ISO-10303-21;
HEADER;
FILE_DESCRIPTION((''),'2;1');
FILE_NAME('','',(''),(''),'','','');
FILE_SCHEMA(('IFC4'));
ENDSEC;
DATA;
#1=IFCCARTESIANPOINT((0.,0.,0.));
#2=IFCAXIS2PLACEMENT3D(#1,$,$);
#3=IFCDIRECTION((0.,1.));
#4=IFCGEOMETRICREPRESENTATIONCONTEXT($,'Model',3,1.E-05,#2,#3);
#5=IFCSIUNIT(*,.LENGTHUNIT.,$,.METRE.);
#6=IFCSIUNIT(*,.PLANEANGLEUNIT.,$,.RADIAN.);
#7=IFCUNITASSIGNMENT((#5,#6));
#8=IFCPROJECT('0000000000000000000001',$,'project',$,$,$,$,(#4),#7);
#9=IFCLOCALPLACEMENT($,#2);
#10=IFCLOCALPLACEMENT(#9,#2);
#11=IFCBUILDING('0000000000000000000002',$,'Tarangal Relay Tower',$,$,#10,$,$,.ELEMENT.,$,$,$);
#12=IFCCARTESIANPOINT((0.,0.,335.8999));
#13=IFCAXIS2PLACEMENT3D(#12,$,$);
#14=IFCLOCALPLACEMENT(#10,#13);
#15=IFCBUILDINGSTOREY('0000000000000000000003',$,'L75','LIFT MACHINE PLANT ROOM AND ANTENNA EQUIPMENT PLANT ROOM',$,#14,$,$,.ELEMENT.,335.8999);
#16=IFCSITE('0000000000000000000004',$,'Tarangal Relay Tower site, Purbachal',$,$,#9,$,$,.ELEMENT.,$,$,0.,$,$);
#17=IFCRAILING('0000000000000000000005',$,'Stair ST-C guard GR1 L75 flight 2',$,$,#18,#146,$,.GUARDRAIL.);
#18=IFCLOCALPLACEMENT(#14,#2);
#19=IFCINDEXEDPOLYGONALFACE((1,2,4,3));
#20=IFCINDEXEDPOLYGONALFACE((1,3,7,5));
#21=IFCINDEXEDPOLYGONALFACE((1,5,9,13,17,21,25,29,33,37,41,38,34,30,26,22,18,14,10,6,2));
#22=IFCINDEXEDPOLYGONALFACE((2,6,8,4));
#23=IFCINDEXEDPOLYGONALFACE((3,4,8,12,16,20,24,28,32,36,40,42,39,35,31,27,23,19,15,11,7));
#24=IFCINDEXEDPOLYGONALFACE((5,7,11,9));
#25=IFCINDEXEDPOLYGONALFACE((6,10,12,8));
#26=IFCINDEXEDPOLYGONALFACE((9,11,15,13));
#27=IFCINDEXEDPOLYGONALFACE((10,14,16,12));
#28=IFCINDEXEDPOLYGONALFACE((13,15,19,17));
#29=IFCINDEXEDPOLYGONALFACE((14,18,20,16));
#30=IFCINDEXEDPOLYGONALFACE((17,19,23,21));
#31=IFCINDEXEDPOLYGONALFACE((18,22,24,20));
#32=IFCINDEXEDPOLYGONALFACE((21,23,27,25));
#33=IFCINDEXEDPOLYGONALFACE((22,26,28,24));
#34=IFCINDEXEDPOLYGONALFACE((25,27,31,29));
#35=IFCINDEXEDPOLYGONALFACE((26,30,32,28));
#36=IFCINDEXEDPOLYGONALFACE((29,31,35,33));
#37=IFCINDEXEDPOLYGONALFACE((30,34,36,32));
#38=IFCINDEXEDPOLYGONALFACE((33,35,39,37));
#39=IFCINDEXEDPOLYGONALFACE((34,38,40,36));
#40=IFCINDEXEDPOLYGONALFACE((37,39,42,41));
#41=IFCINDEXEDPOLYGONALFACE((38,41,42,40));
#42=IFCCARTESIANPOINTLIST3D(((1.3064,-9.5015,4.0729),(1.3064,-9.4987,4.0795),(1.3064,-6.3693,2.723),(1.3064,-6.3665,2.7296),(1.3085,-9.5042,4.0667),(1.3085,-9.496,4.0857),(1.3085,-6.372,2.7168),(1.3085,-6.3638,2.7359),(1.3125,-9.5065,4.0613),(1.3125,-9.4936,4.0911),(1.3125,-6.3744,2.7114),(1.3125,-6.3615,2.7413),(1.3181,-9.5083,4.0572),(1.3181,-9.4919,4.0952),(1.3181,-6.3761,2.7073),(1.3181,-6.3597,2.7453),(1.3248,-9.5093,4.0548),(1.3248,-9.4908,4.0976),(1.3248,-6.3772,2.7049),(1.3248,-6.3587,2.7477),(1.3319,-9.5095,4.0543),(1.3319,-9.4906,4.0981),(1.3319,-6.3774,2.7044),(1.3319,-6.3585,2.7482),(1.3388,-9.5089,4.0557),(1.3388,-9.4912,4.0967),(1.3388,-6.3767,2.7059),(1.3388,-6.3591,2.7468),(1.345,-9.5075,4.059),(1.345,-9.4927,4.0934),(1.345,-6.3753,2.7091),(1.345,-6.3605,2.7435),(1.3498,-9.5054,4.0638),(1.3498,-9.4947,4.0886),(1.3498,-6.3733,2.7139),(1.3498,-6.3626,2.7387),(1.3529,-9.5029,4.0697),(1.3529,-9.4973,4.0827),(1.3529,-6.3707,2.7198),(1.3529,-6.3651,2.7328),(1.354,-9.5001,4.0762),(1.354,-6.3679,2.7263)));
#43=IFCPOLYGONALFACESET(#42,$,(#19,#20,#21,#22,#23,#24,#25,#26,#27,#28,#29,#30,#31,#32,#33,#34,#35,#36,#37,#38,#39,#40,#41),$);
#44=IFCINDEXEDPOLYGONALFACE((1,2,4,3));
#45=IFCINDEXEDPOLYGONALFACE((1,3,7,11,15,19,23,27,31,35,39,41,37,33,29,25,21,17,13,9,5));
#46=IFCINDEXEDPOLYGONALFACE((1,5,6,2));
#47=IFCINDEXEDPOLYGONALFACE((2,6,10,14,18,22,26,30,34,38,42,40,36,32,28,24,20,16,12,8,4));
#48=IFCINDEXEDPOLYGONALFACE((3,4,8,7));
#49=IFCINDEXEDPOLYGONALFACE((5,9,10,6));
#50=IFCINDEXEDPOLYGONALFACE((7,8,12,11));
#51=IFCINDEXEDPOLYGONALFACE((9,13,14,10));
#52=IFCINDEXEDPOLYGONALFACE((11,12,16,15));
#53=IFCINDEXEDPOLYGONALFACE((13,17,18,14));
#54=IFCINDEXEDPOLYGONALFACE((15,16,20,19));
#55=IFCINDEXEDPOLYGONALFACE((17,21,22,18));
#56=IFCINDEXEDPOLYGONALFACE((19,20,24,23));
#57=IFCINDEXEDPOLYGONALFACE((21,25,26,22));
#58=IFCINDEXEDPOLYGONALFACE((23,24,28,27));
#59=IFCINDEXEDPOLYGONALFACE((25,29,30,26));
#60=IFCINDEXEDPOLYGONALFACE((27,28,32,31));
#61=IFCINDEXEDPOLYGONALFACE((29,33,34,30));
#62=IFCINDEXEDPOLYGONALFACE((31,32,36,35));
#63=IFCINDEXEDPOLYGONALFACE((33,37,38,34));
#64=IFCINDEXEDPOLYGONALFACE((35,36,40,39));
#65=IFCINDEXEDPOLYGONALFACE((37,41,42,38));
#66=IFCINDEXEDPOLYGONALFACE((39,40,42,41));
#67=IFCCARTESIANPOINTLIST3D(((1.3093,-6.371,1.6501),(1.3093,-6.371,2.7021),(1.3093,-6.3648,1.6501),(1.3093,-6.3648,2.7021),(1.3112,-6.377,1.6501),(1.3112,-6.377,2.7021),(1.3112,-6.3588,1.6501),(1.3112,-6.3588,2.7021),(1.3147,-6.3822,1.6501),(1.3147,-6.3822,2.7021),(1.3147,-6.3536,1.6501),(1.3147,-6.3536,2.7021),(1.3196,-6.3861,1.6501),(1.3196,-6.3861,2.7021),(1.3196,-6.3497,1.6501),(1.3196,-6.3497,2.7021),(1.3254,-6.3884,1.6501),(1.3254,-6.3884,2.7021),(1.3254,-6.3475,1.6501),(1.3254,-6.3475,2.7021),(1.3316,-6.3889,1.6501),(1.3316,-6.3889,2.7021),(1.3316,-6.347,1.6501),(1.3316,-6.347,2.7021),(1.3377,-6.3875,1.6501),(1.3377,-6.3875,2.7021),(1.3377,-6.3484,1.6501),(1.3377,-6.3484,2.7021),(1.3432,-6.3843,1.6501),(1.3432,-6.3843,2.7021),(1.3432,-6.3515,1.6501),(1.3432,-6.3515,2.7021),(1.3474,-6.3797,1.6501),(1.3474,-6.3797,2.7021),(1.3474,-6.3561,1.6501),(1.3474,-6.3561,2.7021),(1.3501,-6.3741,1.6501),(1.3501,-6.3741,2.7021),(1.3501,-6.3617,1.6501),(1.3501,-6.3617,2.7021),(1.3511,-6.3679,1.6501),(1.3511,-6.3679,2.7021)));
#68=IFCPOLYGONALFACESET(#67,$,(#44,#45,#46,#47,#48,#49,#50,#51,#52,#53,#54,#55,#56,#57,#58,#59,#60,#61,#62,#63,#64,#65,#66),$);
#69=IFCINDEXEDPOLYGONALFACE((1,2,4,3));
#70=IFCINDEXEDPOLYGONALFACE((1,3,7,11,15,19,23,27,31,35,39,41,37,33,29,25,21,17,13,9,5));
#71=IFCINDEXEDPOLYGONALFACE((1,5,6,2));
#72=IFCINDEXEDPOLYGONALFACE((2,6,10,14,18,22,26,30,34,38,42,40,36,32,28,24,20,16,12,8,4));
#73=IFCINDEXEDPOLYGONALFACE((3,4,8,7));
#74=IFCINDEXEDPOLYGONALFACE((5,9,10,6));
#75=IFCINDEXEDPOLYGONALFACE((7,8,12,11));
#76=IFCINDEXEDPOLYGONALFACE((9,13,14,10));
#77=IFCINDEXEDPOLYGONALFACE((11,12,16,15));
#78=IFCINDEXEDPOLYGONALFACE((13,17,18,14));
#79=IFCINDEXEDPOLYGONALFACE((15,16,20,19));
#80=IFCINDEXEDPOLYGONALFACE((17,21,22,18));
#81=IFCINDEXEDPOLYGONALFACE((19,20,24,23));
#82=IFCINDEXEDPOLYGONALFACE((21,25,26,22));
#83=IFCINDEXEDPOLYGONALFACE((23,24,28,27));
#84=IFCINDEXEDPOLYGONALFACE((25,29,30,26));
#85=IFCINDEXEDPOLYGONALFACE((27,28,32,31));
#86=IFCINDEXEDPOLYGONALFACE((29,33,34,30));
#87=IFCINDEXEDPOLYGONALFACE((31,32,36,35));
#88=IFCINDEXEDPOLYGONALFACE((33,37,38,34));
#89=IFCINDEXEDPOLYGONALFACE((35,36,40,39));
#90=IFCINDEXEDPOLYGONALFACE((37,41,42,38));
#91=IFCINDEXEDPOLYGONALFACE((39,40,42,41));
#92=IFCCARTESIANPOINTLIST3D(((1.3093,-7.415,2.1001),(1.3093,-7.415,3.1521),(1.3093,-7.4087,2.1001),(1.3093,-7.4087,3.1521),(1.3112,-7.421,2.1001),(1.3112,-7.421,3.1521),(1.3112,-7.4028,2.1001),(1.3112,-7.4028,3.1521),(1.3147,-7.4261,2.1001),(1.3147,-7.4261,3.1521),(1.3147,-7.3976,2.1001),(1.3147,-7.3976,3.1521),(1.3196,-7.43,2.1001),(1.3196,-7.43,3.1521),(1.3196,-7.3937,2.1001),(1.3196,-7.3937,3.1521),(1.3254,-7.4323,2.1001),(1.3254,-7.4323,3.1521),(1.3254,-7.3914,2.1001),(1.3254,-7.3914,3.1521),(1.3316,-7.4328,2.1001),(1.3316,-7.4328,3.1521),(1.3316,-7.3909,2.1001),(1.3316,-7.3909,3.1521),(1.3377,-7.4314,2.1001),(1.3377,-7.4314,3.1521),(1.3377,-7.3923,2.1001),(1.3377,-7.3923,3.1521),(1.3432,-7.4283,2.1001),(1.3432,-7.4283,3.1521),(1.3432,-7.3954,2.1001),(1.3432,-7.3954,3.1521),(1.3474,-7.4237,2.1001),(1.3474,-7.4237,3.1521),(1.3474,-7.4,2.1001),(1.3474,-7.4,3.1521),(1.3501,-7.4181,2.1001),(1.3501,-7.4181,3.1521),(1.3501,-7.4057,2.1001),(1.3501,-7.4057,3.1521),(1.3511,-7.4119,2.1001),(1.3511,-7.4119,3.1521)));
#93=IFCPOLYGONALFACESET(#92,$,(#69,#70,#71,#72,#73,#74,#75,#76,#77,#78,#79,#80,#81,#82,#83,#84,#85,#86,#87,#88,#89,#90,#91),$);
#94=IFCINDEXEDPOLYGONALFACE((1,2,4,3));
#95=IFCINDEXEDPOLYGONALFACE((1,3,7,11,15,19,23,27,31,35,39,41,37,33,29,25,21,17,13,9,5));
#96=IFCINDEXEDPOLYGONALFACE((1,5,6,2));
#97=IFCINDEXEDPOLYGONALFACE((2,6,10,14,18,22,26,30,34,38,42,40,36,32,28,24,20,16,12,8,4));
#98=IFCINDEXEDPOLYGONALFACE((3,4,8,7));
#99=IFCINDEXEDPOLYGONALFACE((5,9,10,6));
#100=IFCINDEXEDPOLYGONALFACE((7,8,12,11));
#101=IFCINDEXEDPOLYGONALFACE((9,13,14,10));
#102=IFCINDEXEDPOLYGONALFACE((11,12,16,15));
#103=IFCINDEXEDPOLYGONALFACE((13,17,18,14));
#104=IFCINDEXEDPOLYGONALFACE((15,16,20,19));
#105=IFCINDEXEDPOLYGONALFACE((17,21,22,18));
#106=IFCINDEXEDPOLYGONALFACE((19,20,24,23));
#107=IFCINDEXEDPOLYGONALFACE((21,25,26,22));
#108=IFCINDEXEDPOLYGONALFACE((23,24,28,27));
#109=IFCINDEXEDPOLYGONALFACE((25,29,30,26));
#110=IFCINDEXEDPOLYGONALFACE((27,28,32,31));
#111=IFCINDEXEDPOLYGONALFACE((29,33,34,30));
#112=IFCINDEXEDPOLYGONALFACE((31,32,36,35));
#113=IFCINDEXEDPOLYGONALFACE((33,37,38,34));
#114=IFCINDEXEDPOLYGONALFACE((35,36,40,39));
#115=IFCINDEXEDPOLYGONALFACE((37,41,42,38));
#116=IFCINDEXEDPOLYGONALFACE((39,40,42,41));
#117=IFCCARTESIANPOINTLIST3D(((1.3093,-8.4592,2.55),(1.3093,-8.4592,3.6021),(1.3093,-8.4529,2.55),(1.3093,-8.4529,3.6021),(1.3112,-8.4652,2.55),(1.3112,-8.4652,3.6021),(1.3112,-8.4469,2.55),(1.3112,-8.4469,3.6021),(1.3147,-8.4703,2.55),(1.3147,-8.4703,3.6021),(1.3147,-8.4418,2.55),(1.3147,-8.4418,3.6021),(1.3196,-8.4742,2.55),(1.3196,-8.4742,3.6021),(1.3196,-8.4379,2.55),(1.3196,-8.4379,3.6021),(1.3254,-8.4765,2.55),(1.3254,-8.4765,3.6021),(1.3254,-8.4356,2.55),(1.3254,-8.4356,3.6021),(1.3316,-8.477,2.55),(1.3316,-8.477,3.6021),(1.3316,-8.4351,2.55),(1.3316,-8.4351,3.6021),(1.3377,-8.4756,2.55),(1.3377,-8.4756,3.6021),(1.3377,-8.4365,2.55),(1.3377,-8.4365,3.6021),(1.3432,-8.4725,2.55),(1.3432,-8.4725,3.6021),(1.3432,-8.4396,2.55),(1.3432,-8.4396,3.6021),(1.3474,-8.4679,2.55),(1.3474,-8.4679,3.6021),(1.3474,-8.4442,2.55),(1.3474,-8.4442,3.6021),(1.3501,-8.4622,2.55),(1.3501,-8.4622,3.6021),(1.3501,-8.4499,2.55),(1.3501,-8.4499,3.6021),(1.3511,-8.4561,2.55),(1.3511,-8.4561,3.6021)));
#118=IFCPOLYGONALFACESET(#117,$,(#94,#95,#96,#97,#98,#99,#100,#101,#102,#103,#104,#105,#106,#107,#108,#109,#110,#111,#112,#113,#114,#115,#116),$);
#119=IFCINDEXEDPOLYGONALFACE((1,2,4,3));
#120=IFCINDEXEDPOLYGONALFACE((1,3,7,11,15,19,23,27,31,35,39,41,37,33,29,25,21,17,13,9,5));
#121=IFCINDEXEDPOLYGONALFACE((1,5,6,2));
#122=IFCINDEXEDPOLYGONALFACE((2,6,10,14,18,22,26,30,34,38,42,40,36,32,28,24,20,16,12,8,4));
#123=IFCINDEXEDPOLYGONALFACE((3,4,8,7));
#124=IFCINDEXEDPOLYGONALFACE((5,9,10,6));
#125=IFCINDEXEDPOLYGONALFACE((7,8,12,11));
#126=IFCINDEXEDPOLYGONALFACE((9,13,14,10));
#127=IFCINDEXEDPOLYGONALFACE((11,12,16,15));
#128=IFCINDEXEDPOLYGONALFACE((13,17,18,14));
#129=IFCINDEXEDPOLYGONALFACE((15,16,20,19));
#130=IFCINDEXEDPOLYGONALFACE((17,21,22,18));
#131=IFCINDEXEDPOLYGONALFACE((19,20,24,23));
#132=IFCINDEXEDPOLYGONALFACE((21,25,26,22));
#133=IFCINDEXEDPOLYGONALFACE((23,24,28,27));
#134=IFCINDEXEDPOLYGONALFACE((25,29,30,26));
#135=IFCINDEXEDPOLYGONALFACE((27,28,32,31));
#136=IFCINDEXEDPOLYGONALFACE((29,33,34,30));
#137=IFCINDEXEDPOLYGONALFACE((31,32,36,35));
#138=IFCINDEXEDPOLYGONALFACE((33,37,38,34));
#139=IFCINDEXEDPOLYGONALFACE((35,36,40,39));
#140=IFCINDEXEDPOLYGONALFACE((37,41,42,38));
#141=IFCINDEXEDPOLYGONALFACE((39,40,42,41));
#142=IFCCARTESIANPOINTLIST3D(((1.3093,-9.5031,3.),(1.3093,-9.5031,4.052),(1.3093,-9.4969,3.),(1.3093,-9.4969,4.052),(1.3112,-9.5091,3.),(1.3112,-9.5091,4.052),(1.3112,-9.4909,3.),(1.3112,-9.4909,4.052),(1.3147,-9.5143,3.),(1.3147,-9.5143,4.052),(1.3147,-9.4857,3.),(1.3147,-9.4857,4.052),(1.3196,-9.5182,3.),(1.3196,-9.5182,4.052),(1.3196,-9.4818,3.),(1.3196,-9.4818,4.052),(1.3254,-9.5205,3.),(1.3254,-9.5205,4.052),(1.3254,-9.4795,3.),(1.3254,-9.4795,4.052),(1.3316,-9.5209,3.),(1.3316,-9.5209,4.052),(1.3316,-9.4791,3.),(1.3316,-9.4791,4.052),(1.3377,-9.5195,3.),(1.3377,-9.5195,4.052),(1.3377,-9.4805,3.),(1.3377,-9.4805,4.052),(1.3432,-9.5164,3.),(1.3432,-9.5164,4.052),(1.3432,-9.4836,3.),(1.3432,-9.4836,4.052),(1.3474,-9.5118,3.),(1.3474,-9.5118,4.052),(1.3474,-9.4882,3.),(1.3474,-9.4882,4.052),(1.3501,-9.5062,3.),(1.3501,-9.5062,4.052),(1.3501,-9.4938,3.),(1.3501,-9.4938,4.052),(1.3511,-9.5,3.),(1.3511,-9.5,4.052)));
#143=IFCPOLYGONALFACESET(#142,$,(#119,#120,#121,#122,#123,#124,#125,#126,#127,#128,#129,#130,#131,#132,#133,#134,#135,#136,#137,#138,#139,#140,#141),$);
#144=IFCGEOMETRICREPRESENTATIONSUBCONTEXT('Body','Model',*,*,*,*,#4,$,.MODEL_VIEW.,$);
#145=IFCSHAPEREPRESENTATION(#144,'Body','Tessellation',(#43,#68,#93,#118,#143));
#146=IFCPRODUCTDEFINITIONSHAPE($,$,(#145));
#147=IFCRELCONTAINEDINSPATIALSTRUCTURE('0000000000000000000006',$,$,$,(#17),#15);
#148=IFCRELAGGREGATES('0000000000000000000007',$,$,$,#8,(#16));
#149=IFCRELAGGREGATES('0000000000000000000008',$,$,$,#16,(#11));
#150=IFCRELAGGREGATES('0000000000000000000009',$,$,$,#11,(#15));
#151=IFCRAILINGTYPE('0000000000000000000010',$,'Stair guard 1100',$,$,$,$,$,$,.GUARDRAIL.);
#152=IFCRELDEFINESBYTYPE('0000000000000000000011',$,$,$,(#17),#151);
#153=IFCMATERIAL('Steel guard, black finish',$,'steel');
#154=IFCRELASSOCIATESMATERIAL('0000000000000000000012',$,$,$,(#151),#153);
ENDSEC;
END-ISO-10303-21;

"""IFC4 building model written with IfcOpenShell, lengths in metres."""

from ifc_helpers import new_model, si_unit, direction, frame, origin, origin_2d, place, context, subcontext, project, spatial, circle, extrude, material, type_object, element, save


model = new_model("IFC4")

# Units and contexts
model_context = context("Model", 3, precision=1e-05, world=origin(), true_north=direction((0.0, 1.0)))
body_context = subcontext(model_context, "Body", "Model", "MODEL_VIEW")
ifc_project = project(units=[si_unit("LENGTHUNIT", "METRE"), si_unit("PLANEANGLEUNIT", "RADIAN")], contexts=[model_context])

# Site, building, storey
site_placement = place(None, origin())
site = spatial("IfcSite", under=ifc_project, at=site_placement, Name="Tarangal Relay Tower site, Purbachal", CompositionType="ELEMENT", RefElevation=0.0)
building_placement = place(site_placement, origin())
building = spatial("IfcBuilding", under=site, at=building_placement, Name="Tarangal Relay Tower", CompositionType="ELEMENT")
storey_placement = place(building_placement, frame((0.0, 0.0, 335.8999)))
storey = spatial("IfcBuildingStorey", under=building, at=storey_placement, Name="L75", Description="LIFT MACHINE PLANT ROOM AND ANTENNA EQUIPMENT PLANT ROOM", CompositionType="ELEMENT", Elevation=335.8999)

# Railing
ifc_material_1 = material(Name="Steel guard, black finish", Category="steel")
railing_type_1 = type_object("IfcRailingType", Name="Stair guard 1100", PredefinedType="GUARDRAIL", material=ifc_material_1)
for number, where, name in (
    (1, (1.3301, -6.3679, 1.6501), "Stair ST-C guard GR1 L75 flight 2"),
):
    element("IfcRailing", number, at=place(storey_placement, frame(where)), inside=storey, type_object=railing_type_1, Name=name, PredefinedType="GUARDRAIL", context=body_context, shape_type="SweptSolid", body=[
        extrude(circle(Radius=0.0239, at=origin_2d()), frame((0.0, 0.0, 1.0762), z_axis=(0.0, -0.918343, 0.395785), x_axis=(1.0, 0.0, 0.0)), (0.0, 0.0, 1.0), 3.4106),
        extrude(circle(Radius=0.021, at=origin_2d()), origin(), (0.0, 0.0, 1.0), 1.052),
        extrude(circle(Radius=0.021, at=origin_2d()), frame((0.0, -1.0439, 0.45)), (0.0, 0.0, 1.0), 1.052),
        extrude(circle(Radius=0.021, at=origin_2d()), frame((0.0, -2.0881, 0.8999)), (0.0, 0.0, 1.0), 1.052),
        extrude(circle(Radius=0.021, at=origin_2d()), frame((0.0, -3.1321, 1.3499)), (0.0, 0.0, 1.0), 1.052),
    ])

save(model, "model.ifc")
